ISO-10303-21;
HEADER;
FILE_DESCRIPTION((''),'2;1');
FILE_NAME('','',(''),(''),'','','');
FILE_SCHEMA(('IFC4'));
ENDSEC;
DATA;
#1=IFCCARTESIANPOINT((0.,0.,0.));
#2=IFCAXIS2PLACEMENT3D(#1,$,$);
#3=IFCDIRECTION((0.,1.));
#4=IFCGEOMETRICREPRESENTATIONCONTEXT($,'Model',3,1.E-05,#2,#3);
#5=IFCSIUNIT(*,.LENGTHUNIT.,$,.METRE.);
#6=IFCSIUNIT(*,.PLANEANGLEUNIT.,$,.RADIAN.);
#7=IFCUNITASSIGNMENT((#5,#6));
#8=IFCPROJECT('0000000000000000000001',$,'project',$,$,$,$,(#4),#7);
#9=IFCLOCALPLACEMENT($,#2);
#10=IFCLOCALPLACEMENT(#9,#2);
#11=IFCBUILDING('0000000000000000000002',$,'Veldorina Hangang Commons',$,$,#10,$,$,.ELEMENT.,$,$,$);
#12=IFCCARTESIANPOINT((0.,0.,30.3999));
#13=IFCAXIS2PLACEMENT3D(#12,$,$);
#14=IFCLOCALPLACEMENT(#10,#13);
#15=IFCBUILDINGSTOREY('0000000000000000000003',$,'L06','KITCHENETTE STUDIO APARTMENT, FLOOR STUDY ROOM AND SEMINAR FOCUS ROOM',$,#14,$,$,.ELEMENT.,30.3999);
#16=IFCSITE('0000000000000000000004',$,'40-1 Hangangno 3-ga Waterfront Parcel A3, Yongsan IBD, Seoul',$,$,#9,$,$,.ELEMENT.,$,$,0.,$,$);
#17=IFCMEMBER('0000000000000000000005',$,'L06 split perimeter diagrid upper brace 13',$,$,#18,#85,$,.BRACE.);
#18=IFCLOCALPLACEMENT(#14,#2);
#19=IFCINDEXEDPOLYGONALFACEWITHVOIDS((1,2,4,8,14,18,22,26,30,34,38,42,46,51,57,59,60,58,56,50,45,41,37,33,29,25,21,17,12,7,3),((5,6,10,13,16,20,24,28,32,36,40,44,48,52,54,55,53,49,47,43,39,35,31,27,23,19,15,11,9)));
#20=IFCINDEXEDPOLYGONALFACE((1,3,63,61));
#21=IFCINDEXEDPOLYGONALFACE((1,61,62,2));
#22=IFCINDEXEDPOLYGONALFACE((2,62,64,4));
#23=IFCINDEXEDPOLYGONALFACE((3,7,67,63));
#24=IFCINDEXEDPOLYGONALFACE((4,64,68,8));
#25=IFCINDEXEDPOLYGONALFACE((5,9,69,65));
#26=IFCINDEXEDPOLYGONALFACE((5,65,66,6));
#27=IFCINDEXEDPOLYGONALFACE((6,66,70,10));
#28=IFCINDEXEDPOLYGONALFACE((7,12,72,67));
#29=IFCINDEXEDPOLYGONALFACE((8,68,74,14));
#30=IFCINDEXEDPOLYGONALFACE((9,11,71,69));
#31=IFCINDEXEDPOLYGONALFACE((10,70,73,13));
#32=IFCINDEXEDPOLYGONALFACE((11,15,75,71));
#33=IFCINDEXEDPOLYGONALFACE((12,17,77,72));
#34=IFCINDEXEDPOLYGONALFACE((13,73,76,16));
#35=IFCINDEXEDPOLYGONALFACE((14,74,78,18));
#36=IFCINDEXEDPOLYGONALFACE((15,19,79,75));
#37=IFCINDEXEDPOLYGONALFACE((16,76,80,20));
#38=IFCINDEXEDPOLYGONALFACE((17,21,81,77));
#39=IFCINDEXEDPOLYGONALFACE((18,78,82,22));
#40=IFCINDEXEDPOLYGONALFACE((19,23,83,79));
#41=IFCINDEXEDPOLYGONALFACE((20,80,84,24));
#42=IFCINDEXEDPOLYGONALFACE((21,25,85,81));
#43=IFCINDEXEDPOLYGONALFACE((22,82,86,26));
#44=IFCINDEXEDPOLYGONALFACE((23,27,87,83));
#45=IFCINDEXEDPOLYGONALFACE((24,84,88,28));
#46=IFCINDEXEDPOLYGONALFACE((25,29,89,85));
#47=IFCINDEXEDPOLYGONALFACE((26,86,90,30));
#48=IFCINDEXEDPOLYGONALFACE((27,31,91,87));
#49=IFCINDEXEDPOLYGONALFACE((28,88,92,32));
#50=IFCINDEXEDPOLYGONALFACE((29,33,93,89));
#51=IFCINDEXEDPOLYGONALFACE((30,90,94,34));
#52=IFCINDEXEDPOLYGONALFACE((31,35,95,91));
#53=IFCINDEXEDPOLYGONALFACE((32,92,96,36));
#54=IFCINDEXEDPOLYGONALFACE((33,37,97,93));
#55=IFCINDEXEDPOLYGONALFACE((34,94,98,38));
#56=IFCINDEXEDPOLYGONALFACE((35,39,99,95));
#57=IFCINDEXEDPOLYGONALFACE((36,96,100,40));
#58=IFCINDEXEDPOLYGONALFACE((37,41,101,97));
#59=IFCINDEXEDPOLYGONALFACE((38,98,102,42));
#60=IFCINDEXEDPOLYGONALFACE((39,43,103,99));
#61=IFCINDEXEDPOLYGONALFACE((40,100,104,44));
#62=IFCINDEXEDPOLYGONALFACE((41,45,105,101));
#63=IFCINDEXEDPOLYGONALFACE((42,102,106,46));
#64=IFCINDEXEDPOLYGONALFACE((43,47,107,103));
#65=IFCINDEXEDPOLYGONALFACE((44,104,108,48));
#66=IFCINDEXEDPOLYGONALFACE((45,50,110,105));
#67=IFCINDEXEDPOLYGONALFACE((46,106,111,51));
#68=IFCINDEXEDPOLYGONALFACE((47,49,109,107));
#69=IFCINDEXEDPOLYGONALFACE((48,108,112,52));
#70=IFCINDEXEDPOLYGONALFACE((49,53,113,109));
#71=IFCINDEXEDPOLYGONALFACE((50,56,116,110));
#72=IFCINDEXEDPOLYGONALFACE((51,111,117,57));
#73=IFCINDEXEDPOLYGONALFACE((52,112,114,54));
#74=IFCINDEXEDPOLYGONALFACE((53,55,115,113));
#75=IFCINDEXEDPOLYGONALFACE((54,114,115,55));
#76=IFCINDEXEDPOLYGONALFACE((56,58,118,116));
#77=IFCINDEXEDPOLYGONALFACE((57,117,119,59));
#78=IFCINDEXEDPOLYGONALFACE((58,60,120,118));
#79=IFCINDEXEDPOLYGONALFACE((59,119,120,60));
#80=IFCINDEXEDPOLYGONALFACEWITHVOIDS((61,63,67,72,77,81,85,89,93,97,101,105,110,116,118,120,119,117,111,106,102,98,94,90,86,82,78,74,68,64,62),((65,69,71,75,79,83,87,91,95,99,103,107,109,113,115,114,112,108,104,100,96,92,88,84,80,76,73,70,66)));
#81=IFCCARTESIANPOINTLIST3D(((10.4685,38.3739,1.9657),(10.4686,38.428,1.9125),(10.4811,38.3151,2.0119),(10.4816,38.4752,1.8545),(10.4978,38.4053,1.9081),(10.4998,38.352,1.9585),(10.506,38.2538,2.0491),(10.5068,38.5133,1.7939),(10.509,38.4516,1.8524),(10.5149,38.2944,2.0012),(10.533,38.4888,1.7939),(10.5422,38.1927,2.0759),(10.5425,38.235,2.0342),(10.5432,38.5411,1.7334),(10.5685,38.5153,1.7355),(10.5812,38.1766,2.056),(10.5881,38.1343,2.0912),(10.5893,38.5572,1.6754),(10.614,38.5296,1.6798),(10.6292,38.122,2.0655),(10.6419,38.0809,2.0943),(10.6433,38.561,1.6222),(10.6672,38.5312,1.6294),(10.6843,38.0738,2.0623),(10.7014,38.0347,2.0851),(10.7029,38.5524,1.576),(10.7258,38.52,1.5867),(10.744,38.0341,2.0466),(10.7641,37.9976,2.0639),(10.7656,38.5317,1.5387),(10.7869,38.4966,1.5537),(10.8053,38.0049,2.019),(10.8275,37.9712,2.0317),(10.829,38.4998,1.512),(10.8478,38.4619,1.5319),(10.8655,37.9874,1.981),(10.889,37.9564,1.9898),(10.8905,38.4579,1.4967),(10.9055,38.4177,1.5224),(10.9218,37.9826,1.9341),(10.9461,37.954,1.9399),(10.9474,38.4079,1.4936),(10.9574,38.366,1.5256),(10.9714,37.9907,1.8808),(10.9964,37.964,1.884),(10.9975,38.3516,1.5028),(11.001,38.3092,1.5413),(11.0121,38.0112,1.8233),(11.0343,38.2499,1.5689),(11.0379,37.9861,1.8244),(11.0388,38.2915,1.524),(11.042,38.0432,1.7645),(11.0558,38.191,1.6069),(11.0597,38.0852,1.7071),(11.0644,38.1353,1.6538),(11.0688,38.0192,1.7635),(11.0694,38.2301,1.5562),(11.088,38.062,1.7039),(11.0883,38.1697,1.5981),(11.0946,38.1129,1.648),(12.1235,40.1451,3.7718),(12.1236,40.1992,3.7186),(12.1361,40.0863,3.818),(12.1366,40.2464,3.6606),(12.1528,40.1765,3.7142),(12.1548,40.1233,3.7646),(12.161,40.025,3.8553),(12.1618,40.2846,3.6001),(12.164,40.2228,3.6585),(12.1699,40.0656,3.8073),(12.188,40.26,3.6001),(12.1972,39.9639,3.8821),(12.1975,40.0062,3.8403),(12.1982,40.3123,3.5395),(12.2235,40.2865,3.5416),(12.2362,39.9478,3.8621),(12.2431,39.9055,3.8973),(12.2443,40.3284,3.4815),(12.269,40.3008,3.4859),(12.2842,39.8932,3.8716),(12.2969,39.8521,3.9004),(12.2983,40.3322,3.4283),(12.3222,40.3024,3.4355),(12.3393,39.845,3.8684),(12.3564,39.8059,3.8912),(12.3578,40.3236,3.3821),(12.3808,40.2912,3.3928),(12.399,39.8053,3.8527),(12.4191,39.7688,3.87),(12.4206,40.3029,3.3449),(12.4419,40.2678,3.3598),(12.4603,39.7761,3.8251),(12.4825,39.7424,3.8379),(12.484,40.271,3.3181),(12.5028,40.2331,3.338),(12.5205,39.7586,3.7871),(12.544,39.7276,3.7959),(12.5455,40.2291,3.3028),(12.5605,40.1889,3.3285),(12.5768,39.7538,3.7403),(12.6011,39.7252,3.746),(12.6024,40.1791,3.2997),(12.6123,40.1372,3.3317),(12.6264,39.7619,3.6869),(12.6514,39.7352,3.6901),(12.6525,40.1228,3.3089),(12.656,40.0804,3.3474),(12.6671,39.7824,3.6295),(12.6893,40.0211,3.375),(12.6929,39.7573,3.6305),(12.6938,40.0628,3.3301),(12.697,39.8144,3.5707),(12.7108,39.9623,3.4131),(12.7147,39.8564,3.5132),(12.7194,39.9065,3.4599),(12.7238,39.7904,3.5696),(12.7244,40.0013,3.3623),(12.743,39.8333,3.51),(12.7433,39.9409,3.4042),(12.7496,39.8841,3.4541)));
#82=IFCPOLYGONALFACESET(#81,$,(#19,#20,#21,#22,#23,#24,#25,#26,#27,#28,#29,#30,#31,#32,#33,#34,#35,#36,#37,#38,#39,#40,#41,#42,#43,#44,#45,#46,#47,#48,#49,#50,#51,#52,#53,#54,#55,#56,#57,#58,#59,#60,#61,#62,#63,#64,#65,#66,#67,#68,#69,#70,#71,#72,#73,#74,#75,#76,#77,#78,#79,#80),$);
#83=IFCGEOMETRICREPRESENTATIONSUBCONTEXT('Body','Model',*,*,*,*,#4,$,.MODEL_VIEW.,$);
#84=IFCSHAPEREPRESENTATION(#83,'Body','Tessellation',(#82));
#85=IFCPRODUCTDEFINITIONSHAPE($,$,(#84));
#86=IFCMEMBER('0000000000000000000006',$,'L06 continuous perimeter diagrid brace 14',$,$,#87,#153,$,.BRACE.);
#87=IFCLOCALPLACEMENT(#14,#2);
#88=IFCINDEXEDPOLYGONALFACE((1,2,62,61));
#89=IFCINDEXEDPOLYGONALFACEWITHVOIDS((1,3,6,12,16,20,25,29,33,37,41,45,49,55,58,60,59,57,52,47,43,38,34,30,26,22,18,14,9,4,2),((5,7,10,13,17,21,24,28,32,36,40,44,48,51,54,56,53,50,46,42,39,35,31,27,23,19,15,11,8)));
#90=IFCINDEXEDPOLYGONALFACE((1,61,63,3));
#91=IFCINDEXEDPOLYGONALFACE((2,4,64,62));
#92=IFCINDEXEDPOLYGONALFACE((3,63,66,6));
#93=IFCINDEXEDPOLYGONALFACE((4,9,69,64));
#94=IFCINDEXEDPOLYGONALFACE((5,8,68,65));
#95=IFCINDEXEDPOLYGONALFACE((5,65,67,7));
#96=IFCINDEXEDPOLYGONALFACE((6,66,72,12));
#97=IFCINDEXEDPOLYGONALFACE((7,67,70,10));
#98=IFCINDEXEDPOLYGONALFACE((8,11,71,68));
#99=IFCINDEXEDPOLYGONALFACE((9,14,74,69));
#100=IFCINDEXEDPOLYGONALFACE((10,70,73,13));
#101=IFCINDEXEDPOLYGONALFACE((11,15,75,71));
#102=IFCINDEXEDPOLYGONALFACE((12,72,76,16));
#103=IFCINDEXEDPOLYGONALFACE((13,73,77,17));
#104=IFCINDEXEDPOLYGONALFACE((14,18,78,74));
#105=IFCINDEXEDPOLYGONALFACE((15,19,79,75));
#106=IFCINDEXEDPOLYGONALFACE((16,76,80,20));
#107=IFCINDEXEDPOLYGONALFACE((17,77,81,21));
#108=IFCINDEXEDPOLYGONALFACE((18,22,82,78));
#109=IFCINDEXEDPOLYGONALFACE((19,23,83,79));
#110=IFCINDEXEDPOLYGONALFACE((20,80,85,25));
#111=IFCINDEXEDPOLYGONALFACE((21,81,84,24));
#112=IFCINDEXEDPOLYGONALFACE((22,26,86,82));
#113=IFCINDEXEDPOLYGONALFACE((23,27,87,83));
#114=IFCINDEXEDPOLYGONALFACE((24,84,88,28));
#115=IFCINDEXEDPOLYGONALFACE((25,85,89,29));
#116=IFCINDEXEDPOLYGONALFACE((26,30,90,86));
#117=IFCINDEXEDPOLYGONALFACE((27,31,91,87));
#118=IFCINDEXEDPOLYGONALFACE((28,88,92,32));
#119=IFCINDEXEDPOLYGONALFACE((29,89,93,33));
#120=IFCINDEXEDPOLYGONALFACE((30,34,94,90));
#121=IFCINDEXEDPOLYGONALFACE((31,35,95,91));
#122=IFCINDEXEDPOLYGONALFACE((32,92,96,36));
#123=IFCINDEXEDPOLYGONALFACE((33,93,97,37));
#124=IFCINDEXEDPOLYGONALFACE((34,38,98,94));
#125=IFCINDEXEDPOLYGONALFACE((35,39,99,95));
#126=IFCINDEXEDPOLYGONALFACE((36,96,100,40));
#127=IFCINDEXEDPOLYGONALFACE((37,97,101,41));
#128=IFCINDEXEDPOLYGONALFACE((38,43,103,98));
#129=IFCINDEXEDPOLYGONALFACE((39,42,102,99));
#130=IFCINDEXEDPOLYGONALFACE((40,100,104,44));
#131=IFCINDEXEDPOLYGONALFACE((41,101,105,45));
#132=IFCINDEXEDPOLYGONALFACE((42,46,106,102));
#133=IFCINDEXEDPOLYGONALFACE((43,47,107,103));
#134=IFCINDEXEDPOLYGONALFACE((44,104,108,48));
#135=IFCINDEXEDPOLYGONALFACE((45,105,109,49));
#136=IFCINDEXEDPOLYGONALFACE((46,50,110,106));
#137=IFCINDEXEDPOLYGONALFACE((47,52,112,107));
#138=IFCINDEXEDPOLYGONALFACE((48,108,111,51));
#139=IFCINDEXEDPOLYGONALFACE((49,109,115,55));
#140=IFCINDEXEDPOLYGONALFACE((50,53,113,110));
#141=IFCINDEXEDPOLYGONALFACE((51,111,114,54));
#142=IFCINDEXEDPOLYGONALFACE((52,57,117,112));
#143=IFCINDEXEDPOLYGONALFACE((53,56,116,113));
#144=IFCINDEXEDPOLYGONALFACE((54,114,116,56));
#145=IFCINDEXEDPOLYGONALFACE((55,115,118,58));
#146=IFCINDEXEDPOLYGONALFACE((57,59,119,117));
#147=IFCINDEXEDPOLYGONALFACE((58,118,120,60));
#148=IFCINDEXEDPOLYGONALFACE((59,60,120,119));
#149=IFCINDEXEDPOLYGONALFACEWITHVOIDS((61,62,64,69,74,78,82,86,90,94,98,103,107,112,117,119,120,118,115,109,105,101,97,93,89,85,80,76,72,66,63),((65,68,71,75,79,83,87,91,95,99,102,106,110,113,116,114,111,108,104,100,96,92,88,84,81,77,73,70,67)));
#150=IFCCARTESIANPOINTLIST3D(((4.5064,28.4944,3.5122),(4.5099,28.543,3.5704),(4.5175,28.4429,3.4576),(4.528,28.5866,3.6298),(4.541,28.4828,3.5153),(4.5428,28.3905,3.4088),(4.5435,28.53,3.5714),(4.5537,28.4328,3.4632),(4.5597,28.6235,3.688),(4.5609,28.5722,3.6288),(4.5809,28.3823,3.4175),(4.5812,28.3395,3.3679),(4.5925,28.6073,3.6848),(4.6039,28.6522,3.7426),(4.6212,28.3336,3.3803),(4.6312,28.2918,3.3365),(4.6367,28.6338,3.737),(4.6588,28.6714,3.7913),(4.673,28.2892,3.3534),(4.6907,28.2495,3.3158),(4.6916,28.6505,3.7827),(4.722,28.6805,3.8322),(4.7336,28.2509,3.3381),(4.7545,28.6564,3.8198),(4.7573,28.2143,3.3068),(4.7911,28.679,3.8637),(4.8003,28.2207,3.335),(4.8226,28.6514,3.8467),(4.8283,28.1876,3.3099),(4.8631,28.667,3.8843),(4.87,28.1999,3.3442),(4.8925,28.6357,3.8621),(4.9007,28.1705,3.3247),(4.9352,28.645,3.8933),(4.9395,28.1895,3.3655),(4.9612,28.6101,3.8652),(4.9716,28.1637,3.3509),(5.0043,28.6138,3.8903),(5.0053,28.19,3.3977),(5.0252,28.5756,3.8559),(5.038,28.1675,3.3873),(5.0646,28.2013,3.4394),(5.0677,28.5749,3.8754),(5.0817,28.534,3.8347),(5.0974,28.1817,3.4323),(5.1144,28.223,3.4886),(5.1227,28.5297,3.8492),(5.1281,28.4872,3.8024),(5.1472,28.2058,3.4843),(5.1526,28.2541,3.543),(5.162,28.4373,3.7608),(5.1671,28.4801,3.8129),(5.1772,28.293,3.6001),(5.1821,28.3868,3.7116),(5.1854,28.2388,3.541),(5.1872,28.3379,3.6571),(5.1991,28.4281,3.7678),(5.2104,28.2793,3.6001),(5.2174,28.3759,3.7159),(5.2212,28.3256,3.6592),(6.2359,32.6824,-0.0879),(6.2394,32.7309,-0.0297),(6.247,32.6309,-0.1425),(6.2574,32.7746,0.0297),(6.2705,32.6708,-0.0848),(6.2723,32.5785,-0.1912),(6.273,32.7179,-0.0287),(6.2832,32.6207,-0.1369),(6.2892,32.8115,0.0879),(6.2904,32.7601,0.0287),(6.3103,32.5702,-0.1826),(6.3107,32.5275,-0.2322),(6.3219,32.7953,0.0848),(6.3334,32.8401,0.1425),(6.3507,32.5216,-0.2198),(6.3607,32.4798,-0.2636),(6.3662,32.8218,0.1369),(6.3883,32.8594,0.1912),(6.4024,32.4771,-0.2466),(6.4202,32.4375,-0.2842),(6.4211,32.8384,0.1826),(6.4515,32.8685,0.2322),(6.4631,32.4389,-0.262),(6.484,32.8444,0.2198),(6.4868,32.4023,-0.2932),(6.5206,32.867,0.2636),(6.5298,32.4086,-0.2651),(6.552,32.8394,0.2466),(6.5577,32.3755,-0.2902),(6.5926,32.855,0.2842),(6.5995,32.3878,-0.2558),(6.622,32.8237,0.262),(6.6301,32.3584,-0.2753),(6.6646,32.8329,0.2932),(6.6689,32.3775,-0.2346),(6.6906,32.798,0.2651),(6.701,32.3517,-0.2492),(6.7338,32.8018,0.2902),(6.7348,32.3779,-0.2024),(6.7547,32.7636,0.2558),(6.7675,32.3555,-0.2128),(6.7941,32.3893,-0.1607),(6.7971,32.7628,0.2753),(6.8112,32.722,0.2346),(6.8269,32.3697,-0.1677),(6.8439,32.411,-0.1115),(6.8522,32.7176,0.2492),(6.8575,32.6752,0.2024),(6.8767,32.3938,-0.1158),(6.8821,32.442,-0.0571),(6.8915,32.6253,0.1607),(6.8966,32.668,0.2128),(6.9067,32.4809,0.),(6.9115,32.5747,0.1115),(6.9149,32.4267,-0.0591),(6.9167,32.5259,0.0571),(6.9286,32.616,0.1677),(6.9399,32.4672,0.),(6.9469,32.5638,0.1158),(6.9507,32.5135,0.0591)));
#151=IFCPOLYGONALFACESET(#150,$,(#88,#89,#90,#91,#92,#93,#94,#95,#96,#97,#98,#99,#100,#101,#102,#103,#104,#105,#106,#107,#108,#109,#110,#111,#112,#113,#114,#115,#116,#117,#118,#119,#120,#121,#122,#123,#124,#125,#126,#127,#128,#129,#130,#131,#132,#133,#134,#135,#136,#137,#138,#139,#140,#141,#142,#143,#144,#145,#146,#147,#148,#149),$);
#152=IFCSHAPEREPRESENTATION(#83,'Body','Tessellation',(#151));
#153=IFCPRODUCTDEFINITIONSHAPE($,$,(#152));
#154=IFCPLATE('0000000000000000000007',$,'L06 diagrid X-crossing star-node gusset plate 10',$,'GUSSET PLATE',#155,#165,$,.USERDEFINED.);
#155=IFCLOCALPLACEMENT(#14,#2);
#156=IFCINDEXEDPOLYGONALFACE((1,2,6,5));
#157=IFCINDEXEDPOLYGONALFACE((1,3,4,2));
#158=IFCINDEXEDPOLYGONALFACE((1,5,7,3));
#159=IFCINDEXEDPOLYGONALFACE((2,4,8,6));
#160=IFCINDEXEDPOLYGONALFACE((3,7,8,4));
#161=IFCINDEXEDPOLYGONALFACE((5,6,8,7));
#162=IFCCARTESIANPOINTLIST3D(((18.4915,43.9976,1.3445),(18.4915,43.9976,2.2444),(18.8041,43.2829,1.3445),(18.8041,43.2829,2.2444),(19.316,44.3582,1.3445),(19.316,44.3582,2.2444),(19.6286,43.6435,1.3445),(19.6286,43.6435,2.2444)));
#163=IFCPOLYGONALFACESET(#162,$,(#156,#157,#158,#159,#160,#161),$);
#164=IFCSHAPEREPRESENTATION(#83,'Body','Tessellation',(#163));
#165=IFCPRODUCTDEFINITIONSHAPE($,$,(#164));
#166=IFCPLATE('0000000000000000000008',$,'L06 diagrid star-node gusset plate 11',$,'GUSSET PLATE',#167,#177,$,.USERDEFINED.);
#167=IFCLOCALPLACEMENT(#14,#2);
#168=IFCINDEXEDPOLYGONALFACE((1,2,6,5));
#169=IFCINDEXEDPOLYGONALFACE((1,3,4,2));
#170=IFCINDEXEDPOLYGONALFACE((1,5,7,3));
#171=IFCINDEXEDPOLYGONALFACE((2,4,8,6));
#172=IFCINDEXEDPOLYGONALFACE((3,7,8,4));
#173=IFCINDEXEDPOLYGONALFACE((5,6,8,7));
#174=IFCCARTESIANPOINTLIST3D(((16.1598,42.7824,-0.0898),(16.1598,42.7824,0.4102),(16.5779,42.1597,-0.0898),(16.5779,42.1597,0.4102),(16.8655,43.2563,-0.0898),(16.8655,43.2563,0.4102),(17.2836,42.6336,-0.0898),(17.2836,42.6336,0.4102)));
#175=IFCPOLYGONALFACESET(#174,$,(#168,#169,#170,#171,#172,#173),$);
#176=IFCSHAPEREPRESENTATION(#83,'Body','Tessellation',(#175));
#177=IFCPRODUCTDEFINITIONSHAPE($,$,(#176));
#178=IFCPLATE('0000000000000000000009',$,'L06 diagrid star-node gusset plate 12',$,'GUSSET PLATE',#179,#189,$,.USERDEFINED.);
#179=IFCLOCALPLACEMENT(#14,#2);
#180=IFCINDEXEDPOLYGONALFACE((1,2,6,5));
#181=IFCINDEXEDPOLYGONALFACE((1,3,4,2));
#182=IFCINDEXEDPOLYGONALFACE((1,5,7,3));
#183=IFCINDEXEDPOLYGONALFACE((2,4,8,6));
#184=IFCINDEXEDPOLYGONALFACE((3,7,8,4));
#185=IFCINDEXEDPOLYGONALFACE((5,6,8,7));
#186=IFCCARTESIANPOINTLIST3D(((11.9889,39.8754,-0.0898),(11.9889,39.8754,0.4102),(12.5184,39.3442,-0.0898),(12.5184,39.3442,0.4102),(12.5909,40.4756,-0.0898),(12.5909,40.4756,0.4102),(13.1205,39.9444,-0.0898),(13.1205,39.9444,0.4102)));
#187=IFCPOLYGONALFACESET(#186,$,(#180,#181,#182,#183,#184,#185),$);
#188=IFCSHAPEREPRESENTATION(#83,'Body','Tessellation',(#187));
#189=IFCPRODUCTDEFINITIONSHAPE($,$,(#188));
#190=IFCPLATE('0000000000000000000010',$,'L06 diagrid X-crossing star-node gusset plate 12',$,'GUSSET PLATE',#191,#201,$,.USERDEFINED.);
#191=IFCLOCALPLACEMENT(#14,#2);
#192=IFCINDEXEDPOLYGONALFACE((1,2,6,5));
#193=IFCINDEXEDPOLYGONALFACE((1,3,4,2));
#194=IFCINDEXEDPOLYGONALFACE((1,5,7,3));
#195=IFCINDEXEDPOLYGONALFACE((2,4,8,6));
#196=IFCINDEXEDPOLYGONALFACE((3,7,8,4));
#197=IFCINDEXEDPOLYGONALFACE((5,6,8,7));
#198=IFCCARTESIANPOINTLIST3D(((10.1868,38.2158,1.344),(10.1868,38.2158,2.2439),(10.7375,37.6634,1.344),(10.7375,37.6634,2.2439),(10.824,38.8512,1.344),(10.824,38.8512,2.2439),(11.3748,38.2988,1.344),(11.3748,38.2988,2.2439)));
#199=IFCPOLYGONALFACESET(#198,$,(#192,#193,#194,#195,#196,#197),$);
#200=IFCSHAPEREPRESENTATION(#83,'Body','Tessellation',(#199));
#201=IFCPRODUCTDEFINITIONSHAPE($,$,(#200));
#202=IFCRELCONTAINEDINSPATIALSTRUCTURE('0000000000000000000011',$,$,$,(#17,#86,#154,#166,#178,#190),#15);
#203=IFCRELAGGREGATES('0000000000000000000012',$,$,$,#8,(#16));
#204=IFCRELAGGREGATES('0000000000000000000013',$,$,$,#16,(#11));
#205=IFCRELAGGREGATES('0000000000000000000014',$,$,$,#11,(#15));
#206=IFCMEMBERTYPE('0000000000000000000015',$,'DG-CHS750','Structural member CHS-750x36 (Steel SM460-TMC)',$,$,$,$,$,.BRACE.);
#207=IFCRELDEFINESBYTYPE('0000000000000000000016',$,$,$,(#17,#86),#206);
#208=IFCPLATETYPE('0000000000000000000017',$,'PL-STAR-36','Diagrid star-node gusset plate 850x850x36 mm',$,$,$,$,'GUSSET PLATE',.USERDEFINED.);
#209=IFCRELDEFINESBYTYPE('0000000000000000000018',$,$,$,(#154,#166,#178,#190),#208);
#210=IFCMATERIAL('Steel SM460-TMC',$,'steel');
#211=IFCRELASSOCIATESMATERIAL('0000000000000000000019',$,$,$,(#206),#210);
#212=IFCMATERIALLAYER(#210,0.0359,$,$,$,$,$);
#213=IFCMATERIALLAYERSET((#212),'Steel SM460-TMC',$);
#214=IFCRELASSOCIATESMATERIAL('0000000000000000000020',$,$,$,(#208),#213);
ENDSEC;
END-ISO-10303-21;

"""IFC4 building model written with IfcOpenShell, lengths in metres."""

from ifc_helpers import new_model, si_unit, direction, frame, origin, origin_2d, place, context, subcontext, project, spatial, rectangle, hollow_circle, extrude, material, layer, layer_set, material_profile, profile_set, type_object, element, save


model = new_model("IFC4")

# Units and contexts
model_context = context("Model", 3, precision=1e-05, world=origin(), true_north=direction((0.0, 1.0)))
body_context = subcontext(model_context, "Body", "Model", "MODEL_VIEW")
ifc_project = project(units=[si_unit("LENGTHUNIT", "METRE"), si_unit("PLANEANGLEUNIT", "RADIAN")], contexts=[model_context])

# Site, building, storey
site_placement = place(None, origin())
site = spatial("IfcSite", under=ifc_project, at=site_placement, Name="40-1 Hangangno 3-ga Waterfront Parcel A3, Yongsan IBD, Seoul", CompositionType="ELEMENT", RefElevation=0.0)
building_placement = place(site_placement, origin())
building = spatial("IfcBuilding", under=site, at=building_placement, Name="Veldorina Hangang Commons", CompositionType="ELEMENT")
storey_placement = place(building_placement, frame((0.0, 0.0, 30.3999)))
storey = spatial("IfcBuildingStorey", under=building, at=storey_placement, Name="L06", Description="KITCHENETTE STUDIO APARTMENT, FLOOR STUDY ROOM AND SEMINAR FOCUS ROOM", CompositionType="ELEMENT", Elevation=30.3999)

# Shared definitions
ifc_material_1 = material(Name="Steel SM460-TMC", Category="steel")

# Members
ifc_material_profile_1 = material_profile(ifc_material_1, hollow_circle(Radius=0.375, WallThickness=0.0359, at=origin_2d()), Name="CHS-750x36")
ifc_profile_set_1 = profile_set([ifc_material_profile_1], Name="Steel SM460-TMC")
member_type = type_object("IfcMemberType", Name="DG-CHS750", Description="Structural member CHS-750x36 (Steel SM460-TMC)", PredefinedType="BRACE", material=ifc_profile_set_1)
member_1_placement = place(storey_placement, frame((10.7808, 38.2573, 1.7939), z_axis=(0.547477, 0.585919, 0.597468), x_axis=(-0.73067, 0.682731, 0.0)))
element("IfcMember", 1, at=member_1_placement, inside=storey, type_object=member_type, Name="L06 split perimeter diagrid upper brace 13", PredefinedType="BRACE", context=body_context, shape_type="SweptSolid", body=[
    extrude(hollow_circle(Radius=0.375, WallThickness=0.0359, at=origin_2d()), origin(), (0.0, 0.0, 1.0), 3.0229),
])
member_2_placement = place(storey_placement, frame((6.5933, 32.6104, 0.0), z_axis=(-0.29885, -0.72367, 0.622085), x_axis=(0.924287, -0.381698, 0.0)))
element("IfcMember", 2, at=member_2_placement, inside=storey, type_object=member_type, Name="L06 continuous perimeter diagrid brace 14", PredefinedType="BRACE", context=body_context, shape_type="SweptSolid", body=[
    extrude(hollow_circle(Radius=0.375, WallThickness=0.0359, at=origin_2d()), origin(), (0.0, 0.0, 1.0), 5.7871),
])

# Plates
ifc_layer_1 = layer(ifc_material_1, 0.0359)
ifc_layer_set_1 = layer_set([ifc_layer_1], Name="Steel SM460-TMC")
plate_type = type_object("IfcPlateType", Name="PL-STAR-36", Description="Diagrid star-node gusset plate 850x850x36 mm", ElementType="GUSSET PLATE", PredefinedType="USERDEFINED", material=ifc_layer_set_1)
plate_1_placement = place(storey_placement, frame((19.0601, 43.8206, 1.3445), z_axis=(0.0, 0.0, 1.0), x_axis=(-0.916216, -0.400685, 0.0)))
element("IfcPlate", 3, at=plate_1_placement, inside=storey, type_object=plate_type, Name="L06 diagrid X-crossing star-node gusset plate 10", ObjectType="GUSSET PLATE", PredefinedType="USERDEFINED", context=body_context, shape_type="SweptSolid", body=[
    extrude(rectangle(XDim=0.8999, YDim=0.78, at=origin_2d()), origin(), (0.0, 0.0, 1.0), 0.8999),
])
for number, where, z_axis, x_axis, name in (
    (4, (16.7217, 42.708, -0.0898), (0.0, 0.0, 1.0), (-0.830197, -0.55747, 0.0), "L06 diagrid star-node gusset plate 11"),
    (5, (12.5547, 39.9099, -0.0898), (0.0, 0.0, 1.0), (-0.70818, -0.706032, 0.0), "L06 diagrid star-node gusset plate 12"),
):
    element("IfcPlate", number, at=place(storey_placement, frame(where, z_axis=z_axis, x_axis=x_axis)), inside=storey, type_object=plate_type, Name=name, ObjectType="GUSSET PLATE", PredefinedType="USERDEFINED", context=body_context, shape_type="SweptSolid", body=[
        extrude(rectangle(XDim=0.8501, YDim=0.75, at=origin_2d()), origin(), (0.0, 0.0, 1.0), 0.5),
    ])
plate_2_placement = place(storey_placement, frame((10.7808, 38.2573, 1.344), z_axis=(0.0, 0.0, 1.0), x_axis=(-0.70818, -0.706032, 0.0)))
element("IfcPlate", 6, at=plate_2_placement, inside=storey, type_object=plate_type, Name="L06 diagrid X-crossing star-node gusset plate 12", ObjectType="GUSSET PLATE", PredefinedType="USERDEFINED", context=body_context, shape_type="SweptSolid", body=[
    extrude(rectangle(XDim=0.8999, YDim=0.78, at=origin_2d()), origin(), (0.0, 0.0, 1.0), 0.8999),
])

save(model, "model.ifc")
